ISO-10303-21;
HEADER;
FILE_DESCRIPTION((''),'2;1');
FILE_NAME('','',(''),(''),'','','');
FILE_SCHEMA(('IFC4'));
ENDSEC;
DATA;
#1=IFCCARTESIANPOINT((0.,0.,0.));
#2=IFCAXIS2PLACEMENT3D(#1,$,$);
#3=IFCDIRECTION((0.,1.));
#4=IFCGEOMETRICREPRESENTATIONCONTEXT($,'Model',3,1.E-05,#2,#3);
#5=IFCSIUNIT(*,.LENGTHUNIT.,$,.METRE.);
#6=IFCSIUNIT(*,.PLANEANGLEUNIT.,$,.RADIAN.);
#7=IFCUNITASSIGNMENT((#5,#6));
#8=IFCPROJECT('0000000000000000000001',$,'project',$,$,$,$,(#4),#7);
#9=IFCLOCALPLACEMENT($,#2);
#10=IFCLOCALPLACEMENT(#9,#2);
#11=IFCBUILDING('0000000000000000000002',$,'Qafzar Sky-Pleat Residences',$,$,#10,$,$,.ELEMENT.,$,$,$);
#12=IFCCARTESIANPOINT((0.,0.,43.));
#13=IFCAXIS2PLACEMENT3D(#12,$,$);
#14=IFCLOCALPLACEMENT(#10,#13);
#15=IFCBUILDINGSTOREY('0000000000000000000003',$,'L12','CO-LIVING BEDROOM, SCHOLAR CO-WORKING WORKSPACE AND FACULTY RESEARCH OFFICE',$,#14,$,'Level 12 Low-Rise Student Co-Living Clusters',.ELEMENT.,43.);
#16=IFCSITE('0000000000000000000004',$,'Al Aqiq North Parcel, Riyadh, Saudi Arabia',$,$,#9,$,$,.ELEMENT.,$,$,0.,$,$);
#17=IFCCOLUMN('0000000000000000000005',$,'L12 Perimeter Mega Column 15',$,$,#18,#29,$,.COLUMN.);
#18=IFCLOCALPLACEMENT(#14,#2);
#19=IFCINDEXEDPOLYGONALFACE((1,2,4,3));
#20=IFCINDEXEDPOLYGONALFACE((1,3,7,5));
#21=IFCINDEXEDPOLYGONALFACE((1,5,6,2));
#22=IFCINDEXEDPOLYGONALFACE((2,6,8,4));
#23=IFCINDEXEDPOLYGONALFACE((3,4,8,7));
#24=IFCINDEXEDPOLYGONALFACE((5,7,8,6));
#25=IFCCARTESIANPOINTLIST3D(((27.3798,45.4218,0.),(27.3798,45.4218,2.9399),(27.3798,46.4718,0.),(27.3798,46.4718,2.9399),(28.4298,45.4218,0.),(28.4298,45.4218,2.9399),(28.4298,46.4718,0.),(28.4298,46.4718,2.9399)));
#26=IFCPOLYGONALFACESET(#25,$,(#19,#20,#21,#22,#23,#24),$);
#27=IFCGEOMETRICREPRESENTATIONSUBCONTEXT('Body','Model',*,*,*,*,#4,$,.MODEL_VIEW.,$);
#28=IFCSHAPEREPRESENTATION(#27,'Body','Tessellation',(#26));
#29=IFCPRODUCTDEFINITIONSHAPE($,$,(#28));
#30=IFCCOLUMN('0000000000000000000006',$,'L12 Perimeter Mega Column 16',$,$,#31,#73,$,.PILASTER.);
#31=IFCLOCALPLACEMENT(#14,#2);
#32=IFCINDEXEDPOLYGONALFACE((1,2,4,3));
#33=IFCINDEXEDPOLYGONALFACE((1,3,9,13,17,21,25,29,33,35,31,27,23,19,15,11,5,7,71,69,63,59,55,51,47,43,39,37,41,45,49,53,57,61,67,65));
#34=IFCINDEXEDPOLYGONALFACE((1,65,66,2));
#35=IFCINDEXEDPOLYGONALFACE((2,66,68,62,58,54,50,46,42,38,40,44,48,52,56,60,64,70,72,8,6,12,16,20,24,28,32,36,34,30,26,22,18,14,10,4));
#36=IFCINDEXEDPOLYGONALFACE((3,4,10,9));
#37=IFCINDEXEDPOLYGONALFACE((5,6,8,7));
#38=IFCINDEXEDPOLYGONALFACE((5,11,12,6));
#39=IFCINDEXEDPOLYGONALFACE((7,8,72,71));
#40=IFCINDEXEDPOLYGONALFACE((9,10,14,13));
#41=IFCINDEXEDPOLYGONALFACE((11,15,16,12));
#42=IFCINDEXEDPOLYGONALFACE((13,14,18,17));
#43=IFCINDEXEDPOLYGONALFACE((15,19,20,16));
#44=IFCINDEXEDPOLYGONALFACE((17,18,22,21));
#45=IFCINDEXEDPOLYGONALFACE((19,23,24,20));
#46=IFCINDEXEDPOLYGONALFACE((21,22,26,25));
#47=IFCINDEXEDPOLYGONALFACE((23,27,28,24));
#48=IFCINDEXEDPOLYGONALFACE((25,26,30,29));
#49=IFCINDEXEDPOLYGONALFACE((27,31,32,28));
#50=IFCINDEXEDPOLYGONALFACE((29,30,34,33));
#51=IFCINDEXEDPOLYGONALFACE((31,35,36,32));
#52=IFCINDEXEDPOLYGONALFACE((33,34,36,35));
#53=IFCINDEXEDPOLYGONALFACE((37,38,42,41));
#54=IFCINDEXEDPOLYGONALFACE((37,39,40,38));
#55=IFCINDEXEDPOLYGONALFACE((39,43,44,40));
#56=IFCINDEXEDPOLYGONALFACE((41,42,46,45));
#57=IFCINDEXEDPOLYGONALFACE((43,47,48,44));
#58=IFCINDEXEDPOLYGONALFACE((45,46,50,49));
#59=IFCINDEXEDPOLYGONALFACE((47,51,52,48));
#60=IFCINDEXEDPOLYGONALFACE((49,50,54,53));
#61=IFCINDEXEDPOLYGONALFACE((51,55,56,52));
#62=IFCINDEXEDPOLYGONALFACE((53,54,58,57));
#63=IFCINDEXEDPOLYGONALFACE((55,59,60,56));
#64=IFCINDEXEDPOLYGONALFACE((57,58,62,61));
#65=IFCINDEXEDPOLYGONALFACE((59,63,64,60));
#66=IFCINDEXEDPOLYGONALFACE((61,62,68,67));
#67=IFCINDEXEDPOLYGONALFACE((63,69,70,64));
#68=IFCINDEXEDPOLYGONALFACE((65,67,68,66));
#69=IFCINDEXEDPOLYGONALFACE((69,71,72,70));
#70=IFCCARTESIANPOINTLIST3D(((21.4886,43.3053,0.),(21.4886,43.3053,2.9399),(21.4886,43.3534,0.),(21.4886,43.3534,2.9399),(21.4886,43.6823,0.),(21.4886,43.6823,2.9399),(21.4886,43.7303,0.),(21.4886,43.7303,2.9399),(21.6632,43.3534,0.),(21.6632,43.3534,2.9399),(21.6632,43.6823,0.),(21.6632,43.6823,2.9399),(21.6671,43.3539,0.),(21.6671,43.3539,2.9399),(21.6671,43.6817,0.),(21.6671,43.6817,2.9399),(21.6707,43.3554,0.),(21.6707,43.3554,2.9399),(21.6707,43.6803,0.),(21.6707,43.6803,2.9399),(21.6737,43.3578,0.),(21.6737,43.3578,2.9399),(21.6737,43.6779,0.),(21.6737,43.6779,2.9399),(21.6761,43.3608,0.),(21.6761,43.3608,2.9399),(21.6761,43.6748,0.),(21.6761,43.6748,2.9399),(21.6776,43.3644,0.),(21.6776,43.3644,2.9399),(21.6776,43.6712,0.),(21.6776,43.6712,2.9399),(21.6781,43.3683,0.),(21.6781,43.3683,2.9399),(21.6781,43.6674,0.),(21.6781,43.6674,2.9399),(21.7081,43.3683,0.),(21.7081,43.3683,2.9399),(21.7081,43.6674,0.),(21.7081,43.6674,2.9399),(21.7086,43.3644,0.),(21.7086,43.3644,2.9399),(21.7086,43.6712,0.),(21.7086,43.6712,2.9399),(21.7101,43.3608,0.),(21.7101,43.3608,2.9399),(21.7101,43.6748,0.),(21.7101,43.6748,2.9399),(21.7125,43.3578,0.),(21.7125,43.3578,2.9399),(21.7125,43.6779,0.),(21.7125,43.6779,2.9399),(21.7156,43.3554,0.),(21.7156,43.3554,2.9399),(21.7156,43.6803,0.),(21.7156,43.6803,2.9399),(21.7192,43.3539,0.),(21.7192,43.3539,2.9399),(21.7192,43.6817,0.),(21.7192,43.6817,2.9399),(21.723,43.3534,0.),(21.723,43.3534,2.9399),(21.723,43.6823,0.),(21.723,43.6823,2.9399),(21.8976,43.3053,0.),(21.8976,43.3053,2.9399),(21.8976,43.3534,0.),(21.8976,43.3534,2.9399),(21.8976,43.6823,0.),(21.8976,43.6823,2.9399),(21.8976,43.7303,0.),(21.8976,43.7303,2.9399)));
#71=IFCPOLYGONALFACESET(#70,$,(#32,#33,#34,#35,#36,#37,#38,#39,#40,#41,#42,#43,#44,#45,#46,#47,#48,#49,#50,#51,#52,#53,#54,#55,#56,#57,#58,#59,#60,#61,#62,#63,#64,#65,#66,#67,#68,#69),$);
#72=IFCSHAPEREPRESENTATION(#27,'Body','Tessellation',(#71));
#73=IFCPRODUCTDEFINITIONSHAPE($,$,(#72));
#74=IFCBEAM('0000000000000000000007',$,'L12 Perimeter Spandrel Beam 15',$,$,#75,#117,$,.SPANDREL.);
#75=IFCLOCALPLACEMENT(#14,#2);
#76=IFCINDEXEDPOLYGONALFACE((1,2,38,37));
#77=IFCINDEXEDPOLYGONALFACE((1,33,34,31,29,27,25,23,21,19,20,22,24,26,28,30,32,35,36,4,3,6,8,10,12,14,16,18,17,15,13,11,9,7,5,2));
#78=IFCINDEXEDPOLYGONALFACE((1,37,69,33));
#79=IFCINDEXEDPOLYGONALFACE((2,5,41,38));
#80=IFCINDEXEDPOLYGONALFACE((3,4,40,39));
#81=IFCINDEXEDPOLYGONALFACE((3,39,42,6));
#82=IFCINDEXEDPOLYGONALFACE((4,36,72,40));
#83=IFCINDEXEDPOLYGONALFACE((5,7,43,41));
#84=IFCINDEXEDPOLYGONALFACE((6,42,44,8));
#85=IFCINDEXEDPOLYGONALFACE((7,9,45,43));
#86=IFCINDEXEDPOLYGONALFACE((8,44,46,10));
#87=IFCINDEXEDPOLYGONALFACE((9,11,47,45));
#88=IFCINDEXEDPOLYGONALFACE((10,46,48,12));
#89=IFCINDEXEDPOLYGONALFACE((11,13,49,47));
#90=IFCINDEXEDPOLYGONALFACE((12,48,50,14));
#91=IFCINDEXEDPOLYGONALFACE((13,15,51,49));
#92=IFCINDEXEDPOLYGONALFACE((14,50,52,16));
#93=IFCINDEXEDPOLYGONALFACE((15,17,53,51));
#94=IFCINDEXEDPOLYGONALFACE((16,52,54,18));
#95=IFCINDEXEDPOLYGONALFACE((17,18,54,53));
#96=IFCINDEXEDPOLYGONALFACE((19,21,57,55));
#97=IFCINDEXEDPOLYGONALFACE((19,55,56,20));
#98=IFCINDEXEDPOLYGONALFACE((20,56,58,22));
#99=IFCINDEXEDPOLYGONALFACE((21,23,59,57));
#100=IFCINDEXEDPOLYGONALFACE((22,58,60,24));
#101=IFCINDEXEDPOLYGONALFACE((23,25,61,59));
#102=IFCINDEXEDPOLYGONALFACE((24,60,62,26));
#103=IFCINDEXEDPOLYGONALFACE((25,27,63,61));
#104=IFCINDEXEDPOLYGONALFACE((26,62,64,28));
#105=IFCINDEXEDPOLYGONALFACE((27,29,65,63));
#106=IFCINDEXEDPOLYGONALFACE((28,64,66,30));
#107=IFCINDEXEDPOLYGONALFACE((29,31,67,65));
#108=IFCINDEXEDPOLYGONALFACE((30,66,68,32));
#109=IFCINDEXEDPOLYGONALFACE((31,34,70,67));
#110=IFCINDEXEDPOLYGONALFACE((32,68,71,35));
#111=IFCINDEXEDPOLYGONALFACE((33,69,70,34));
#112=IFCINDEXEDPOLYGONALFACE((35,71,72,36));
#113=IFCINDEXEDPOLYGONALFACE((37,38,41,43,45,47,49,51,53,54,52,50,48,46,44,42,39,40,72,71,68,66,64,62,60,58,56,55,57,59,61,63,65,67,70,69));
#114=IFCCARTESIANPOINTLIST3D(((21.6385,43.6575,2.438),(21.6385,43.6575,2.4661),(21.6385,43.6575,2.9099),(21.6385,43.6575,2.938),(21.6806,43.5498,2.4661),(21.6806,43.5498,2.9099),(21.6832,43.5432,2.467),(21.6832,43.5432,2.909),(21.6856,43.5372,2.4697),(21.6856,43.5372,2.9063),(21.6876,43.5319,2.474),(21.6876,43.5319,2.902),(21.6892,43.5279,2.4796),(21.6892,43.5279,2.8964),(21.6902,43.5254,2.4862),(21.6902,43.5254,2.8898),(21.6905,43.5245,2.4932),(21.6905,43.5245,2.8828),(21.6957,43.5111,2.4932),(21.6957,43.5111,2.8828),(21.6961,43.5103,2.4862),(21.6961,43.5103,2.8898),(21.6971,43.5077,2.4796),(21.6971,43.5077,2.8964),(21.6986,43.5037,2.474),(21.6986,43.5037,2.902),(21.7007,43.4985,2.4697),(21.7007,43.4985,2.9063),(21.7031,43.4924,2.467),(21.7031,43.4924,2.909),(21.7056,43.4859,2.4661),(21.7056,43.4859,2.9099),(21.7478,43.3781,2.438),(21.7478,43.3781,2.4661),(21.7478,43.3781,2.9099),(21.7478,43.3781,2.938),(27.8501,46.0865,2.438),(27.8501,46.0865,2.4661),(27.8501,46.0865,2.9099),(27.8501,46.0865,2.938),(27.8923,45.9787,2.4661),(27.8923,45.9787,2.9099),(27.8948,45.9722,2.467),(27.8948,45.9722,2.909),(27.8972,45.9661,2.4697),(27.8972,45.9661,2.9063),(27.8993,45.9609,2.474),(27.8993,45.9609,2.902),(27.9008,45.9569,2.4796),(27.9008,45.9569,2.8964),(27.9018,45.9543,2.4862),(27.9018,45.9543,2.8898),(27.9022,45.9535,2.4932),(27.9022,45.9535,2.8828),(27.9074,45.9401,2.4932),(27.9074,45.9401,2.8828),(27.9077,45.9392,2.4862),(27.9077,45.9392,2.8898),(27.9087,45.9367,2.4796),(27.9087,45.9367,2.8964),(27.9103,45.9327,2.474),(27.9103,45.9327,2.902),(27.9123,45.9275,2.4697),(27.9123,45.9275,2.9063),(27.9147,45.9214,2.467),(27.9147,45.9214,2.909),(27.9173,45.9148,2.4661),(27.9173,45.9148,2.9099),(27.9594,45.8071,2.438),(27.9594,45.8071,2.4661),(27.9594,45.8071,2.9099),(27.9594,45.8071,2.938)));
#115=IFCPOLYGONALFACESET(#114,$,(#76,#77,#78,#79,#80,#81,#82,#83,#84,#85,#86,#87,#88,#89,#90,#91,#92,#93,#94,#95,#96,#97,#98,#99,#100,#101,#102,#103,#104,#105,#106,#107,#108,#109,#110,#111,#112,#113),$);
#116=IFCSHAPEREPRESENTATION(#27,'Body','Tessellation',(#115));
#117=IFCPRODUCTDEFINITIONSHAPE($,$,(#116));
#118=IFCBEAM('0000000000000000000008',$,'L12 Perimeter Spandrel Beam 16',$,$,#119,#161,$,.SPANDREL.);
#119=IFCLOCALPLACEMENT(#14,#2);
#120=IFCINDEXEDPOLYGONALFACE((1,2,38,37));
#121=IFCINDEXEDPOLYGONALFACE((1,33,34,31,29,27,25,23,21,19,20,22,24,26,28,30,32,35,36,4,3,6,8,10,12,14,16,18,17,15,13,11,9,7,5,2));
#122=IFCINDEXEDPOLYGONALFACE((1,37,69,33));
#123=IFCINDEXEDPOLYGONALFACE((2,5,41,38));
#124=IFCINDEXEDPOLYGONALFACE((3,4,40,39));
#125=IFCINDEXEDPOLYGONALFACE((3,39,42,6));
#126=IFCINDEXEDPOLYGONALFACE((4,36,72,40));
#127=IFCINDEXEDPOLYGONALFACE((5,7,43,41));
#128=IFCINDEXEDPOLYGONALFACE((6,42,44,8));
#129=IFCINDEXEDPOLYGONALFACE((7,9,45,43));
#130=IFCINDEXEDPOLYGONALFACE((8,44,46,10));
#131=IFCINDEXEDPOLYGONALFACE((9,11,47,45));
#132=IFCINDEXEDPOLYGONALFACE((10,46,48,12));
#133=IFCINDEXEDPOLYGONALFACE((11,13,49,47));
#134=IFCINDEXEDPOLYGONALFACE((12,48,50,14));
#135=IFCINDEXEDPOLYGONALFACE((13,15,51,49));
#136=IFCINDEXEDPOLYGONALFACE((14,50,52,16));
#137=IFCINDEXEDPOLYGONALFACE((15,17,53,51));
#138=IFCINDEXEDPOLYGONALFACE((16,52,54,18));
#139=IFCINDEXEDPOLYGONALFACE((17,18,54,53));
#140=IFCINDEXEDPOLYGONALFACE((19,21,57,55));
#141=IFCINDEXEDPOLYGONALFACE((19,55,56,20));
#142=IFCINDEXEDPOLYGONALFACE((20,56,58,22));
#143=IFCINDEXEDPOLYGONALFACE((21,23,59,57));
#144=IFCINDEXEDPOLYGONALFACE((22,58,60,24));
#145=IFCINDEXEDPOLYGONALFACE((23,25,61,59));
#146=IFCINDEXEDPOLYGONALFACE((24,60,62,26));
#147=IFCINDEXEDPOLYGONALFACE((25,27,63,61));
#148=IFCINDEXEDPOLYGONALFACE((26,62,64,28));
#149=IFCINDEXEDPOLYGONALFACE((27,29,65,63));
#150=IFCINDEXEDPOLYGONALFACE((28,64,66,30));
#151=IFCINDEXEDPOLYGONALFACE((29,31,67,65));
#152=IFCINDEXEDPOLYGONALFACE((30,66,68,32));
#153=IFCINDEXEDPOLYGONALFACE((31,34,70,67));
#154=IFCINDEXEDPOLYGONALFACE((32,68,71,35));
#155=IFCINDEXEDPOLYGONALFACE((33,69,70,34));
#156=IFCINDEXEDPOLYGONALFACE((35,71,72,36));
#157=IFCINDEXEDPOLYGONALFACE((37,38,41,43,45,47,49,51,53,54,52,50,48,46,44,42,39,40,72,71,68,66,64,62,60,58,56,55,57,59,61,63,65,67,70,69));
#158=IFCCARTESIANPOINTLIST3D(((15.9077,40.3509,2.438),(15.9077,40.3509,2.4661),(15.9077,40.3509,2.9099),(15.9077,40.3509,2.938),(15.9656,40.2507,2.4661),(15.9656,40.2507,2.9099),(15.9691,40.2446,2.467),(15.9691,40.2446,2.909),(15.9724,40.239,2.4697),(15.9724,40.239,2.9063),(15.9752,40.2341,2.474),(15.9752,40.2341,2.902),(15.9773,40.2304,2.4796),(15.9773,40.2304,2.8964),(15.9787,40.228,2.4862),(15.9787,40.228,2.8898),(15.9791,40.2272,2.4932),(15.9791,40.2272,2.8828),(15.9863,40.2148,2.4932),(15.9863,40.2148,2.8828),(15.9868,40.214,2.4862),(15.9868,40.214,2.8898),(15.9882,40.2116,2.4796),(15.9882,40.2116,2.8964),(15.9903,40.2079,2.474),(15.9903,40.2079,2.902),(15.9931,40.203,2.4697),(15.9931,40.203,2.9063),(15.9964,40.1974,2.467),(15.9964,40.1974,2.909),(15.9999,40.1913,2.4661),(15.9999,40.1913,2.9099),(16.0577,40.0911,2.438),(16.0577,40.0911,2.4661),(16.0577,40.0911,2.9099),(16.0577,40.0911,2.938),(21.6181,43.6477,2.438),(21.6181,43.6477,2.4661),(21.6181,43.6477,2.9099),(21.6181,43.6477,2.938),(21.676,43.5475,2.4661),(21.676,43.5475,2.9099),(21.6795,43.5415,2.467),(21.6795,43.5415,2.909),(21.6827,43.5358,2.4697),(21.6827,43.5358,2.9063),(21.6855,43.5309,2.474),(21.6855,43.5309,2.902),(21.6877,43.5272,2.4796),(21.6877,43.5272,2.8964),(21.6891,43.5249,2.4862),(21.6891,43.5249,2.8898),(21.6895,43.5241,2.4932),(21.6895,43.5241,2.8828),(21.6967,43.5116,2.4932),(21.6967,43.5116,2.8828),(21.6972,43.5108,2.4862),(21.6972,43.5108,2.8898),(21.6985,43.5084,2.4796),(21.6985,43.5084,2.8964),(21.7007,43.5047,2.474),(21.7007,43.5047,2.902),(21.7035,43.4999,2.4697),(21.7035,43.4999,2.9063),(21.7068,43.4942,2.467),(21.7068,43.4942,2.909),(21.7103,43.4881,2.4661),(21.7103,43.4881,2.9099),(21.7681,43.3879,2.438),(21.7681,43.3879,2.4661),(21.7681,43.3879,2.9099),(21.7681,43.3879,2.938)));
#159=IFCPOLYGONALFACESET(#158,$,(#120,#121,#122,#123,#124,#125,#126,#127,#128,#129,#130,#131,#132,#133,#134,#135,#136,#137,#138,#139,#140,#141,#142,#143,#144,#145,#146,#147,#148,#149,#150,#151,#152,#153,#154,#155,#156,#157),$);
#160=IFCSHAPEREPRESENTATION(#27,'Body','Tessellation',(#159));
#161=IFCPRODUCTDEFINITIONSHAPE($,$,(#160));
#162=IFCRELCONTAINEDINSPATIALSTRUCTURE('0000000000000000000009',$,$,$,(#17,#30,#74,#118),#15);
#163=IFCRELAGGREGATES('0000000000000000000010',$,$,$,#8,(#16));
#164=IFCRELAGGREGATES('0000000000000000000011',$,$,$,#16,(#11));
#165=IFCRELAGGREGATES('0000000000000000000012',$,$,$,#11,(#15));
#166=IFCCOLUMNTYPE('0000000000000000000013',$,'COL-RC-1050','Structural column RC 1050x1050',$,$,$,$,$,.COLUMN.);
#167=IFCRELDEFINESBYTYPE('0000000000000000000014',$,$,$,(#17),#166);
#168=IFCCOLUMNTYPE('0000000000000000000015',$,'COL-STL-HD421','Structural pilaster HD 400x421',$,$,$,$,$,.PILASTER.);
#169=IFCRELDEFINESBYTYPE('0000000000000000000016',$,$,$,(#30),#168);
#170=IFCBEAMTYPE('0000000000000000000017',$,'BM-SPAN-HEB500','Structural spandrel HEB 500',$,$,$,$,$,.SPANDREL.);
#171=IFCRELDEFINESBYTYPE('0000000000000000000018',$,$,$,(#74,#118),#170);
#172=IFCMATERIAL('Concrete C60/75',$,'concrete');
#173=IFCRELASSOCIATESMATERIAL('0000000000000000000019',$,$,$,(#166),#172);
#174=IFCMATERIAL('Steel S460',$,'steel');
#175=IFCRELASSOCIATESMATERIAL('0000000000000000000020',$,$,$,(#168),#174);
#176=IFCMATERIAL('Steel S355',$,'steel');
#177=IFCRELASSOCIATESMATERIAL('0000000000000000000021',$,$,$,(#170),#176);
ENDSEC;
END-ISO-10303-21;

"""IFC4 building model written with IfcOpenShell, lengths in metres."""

from ifc_helpers import new_model, si_unit, direction, frame, origin, origin_2d, place, context, subcontext, project, spatial, rectangle, i_section, extrude, source, transform, mapped, material, material_profile, profile_set, type_object, element, save


model = new_model("IFC4")

# Units and contexts
model_context = context("Model", 3, precision=1e-05, world=origin(), true_north=direction((0.0, 1.0)))
body_context = subcontext(model_context, "Body", "Model", "MODEL_VIEW")
ifc_project = project(units=[si_unit("LENGTHUNIT", "METRE"), si_unit("PLANEANGLEUNIT", "RADIAN")], contexts=[model_context])

# Site, building, storey
site_placement = place(None, origin())
site = spatial("IfcSite", under=ifc_project, at=site_placement, Name="Al Aqiq North Parcel, Riyadh, Saudi Arabia", CompositionType="ELEMENT", RefElevation=0.0)
building_placement = place(site_placement, origin())
building = spatial("IfcBuilding", under=site, at=building_placement, Name="Qafzar Sky-Pleat Residences", CompositionType="ELEMENT")
storey_placement = place(building_placement, frame((0.0, 0.0, 43.0)))
storey = spatial("IfcBuildingStorey", under=building, at=storey_placement, Name="L12", Description="CO-LIVING BEDROOM, SCHOLAR CO-WORKING WORKSPACE AND FACULTY RESEARCH OFFICE", LongName="Level 12 Low-Rise Student Co-Living Clusters", CompositionType="ELEMENT", Elevation=43.0)

# Columns
ifc_material_1 = material(Name="Concrete C60/75", Category="concrete")
ifc_material_profile_1 = material_profile(ifc_material_1, rectangle(XDim=1.05, YDim=1.05, at=origin_2d()), Name="RC 1050x1050")
ifc_profile_set_1 = profile_set([ifc_material_profile_1], Name="Concrete C60/75")
column_type_1 = type_object("IfcColumnType", Name="COL-RC-1050", Description="Structural column RC 1050x1050", PredefinedType="COLUMN", material=ifc_profile_set_1)
shared_shape_1 = source(origin(), body_context, "Body", "SweptSolid", [
    extrude(rectangle(XDim=1.05, YDim=1.05, at=origin_2d()), origin(), (0.0, 0.0, 1.0), 2.9399),
])
column_1_placement = place(storey_placement, frame((27.9048, 45.9468, 0.0), z_axis=(0.0, 0.0, 1.0), x_axis=(1.0, 0.0, 0.0)))
element("IfcColumn", 1, at=column_1_placement, inside=storey, type_object=column_type_1, Name="L12 Perimeter Mega Column 15", PredefinedType="COLUMN", context=body_context, shape_type="MappedRepresentation", body=[
    mapped(shared_shape_1, transform((0.0, 0.0, 0.0), x_axis=(1.0, 0.0, 0.0), y_axis=(0.0, 1.0, 0.0), z_axis=(0.0, 0.0, 1.0), scale=1.0)),
])
ifc_material_2 = material(Name="Steel S460", Category="steel")
ifc_material_profile_2 = material_profile(ifc_material_2, i_section(OverallWidth=0.4089, OverallDepth=0.425, WebThickness=0.03, FlangeThickness=0.0481, FilletRadius=0.0149, at=origin_2d()), Name="HD 400x421")
ifc_profile_set_2 = profile_set([ifc_material_profile_2], Name="Steel S460")
column_type_2 = type_object("IfcColumnType", Name="COL-STL-HD421", Description="Structural pilaster HD 400x421", PredefinedType="PILASTER", material=ifc_profile_set_2)
shared_shape_2 = source(origin(), body_context, "Body", "SweptSolid", [
    extrude(i_section(OverallWidth=0.4089, OverallDepth=0.425, WebThickness=0.03, FlangeThickness=0.0481, FilletRadius=0.0149, at=origin_2d()), origin(), (0.0, 0.0, 1.0), 2.9399),
])
column_2_placement = place(storey_placement, frame((21.6931, 43.5178, 0.0), z_axis=(0.0, 0.0, 1.0), x_axis=(1.0, 0.0, 0.0)))
element("IfcColumn", 2, at=column_2_placement, inside=storey, type_object=column_type_2, Name="L12 Perimeter Mega Column 16", PredefinedType="PILASTER", context=body_context, shape_type="MappedRepresentation", body=[
    mapped(shared_shape_2, transform((0.0, 0.0, 0.0), x_axis=(1.0, 0.0, 0.0), y_axis=(0.0, 1.0, 0.0), z_axis=(0.0, 0.0, 1.0), scale=1.0)),
])

# Beams
ifc_material_3 = material(Name="Steel S355", Category="steel")
ifc_material_profile_3 = material_profile(ifc_material_3, i_section(OverallWidth=0.3, OverallDepth=0.5, WebThickness=0.0144, FlangeThickness=0.0281, FilletRadius=0.0271, at=origin_2d()), Name="HEB 500")
ifc_profile_set_3 = profile_set([ifc_material_profile_3], Name="Steel S355")
beam_type_1 = type_object("IfcBeamType", Name="BM-SPAN-HEB500", Description="Structural spandrel HEB 500", PredefinedType="SPANDREL", material=ifc_profile_set_3)
shared_shape_3 = source(origin(), body_context, "Body", "SweptSolid", [
    extrude(i_section(OverallWidth=0.3, OverallDepth=0.5, WebThickness=0.0144, FlangeThickness=0.0281, FilletRadius=0.0271, at=origin_2d()), origin(), (0.0, 0.0, 1.0), 6.6697),
])
beam_1_placement = place(storey_placement, frame((27.9048, 45.9468, 2.688), z_axis=(-0.931329, -0.364179, 0.0), x_axis=(0.364179, -0.931329, 0.0)))
element("IfcBeam", 3, at=beam_1_placement, inside=storey, type_object=beam_type_1, Name="L12 Perimeter Spandrel Beam 15", PredefinedType="SPANDREL", context=body_context, shape_type="MappedRepresentation", body=[
    mapped(shared_shape_3, transform((0.0, 0.0, 0.0), x_axis=(1.0, 0.0, 0.0), y_axis=(0.0, 1.0, 0.0), z_axis=(0.0, 0.0, 1.0), scale=1.0)),
])
shared_shape_4 = source(origin(), body_context, "Body", "SweptSolid", [
    extrude(i_section(OverallWidth=0.3, OverallDepth=0.5, WebThickness=0.0144, FlangeThickness=0.0281, FilletRadius=0.0271, at=origin_2d()), origin(), (0.0, 0.0, 1.0), 6.5938),
])
beam_2_placement = place(storey_placement, frame((21.6931, 43.5178, 2.688), z_axis=(-0.866029, -0.499994, 0.0), x_axis=(0.499994, -0.866029, 0.0)))
element("IfcBeam", 4, at=beam_2_placement, inside=storey, type_object=beam_type_1, Name="L12 Perimeter Spandrel Beam 16", PredefinedType="SPANDREL", context=body_context, shape_type="MappedRepresentation", body=[
    mapped(shared_shape_4, transform((0.0, 0.0, 0.0), x_axis=(1.0, 0.0, 0.0), y_axis=(0.0, 1.0, 0.0), z_axis=(0.0, 0.0, 1.0), scale=1.0)),
])

save(model, "model.ifc")
